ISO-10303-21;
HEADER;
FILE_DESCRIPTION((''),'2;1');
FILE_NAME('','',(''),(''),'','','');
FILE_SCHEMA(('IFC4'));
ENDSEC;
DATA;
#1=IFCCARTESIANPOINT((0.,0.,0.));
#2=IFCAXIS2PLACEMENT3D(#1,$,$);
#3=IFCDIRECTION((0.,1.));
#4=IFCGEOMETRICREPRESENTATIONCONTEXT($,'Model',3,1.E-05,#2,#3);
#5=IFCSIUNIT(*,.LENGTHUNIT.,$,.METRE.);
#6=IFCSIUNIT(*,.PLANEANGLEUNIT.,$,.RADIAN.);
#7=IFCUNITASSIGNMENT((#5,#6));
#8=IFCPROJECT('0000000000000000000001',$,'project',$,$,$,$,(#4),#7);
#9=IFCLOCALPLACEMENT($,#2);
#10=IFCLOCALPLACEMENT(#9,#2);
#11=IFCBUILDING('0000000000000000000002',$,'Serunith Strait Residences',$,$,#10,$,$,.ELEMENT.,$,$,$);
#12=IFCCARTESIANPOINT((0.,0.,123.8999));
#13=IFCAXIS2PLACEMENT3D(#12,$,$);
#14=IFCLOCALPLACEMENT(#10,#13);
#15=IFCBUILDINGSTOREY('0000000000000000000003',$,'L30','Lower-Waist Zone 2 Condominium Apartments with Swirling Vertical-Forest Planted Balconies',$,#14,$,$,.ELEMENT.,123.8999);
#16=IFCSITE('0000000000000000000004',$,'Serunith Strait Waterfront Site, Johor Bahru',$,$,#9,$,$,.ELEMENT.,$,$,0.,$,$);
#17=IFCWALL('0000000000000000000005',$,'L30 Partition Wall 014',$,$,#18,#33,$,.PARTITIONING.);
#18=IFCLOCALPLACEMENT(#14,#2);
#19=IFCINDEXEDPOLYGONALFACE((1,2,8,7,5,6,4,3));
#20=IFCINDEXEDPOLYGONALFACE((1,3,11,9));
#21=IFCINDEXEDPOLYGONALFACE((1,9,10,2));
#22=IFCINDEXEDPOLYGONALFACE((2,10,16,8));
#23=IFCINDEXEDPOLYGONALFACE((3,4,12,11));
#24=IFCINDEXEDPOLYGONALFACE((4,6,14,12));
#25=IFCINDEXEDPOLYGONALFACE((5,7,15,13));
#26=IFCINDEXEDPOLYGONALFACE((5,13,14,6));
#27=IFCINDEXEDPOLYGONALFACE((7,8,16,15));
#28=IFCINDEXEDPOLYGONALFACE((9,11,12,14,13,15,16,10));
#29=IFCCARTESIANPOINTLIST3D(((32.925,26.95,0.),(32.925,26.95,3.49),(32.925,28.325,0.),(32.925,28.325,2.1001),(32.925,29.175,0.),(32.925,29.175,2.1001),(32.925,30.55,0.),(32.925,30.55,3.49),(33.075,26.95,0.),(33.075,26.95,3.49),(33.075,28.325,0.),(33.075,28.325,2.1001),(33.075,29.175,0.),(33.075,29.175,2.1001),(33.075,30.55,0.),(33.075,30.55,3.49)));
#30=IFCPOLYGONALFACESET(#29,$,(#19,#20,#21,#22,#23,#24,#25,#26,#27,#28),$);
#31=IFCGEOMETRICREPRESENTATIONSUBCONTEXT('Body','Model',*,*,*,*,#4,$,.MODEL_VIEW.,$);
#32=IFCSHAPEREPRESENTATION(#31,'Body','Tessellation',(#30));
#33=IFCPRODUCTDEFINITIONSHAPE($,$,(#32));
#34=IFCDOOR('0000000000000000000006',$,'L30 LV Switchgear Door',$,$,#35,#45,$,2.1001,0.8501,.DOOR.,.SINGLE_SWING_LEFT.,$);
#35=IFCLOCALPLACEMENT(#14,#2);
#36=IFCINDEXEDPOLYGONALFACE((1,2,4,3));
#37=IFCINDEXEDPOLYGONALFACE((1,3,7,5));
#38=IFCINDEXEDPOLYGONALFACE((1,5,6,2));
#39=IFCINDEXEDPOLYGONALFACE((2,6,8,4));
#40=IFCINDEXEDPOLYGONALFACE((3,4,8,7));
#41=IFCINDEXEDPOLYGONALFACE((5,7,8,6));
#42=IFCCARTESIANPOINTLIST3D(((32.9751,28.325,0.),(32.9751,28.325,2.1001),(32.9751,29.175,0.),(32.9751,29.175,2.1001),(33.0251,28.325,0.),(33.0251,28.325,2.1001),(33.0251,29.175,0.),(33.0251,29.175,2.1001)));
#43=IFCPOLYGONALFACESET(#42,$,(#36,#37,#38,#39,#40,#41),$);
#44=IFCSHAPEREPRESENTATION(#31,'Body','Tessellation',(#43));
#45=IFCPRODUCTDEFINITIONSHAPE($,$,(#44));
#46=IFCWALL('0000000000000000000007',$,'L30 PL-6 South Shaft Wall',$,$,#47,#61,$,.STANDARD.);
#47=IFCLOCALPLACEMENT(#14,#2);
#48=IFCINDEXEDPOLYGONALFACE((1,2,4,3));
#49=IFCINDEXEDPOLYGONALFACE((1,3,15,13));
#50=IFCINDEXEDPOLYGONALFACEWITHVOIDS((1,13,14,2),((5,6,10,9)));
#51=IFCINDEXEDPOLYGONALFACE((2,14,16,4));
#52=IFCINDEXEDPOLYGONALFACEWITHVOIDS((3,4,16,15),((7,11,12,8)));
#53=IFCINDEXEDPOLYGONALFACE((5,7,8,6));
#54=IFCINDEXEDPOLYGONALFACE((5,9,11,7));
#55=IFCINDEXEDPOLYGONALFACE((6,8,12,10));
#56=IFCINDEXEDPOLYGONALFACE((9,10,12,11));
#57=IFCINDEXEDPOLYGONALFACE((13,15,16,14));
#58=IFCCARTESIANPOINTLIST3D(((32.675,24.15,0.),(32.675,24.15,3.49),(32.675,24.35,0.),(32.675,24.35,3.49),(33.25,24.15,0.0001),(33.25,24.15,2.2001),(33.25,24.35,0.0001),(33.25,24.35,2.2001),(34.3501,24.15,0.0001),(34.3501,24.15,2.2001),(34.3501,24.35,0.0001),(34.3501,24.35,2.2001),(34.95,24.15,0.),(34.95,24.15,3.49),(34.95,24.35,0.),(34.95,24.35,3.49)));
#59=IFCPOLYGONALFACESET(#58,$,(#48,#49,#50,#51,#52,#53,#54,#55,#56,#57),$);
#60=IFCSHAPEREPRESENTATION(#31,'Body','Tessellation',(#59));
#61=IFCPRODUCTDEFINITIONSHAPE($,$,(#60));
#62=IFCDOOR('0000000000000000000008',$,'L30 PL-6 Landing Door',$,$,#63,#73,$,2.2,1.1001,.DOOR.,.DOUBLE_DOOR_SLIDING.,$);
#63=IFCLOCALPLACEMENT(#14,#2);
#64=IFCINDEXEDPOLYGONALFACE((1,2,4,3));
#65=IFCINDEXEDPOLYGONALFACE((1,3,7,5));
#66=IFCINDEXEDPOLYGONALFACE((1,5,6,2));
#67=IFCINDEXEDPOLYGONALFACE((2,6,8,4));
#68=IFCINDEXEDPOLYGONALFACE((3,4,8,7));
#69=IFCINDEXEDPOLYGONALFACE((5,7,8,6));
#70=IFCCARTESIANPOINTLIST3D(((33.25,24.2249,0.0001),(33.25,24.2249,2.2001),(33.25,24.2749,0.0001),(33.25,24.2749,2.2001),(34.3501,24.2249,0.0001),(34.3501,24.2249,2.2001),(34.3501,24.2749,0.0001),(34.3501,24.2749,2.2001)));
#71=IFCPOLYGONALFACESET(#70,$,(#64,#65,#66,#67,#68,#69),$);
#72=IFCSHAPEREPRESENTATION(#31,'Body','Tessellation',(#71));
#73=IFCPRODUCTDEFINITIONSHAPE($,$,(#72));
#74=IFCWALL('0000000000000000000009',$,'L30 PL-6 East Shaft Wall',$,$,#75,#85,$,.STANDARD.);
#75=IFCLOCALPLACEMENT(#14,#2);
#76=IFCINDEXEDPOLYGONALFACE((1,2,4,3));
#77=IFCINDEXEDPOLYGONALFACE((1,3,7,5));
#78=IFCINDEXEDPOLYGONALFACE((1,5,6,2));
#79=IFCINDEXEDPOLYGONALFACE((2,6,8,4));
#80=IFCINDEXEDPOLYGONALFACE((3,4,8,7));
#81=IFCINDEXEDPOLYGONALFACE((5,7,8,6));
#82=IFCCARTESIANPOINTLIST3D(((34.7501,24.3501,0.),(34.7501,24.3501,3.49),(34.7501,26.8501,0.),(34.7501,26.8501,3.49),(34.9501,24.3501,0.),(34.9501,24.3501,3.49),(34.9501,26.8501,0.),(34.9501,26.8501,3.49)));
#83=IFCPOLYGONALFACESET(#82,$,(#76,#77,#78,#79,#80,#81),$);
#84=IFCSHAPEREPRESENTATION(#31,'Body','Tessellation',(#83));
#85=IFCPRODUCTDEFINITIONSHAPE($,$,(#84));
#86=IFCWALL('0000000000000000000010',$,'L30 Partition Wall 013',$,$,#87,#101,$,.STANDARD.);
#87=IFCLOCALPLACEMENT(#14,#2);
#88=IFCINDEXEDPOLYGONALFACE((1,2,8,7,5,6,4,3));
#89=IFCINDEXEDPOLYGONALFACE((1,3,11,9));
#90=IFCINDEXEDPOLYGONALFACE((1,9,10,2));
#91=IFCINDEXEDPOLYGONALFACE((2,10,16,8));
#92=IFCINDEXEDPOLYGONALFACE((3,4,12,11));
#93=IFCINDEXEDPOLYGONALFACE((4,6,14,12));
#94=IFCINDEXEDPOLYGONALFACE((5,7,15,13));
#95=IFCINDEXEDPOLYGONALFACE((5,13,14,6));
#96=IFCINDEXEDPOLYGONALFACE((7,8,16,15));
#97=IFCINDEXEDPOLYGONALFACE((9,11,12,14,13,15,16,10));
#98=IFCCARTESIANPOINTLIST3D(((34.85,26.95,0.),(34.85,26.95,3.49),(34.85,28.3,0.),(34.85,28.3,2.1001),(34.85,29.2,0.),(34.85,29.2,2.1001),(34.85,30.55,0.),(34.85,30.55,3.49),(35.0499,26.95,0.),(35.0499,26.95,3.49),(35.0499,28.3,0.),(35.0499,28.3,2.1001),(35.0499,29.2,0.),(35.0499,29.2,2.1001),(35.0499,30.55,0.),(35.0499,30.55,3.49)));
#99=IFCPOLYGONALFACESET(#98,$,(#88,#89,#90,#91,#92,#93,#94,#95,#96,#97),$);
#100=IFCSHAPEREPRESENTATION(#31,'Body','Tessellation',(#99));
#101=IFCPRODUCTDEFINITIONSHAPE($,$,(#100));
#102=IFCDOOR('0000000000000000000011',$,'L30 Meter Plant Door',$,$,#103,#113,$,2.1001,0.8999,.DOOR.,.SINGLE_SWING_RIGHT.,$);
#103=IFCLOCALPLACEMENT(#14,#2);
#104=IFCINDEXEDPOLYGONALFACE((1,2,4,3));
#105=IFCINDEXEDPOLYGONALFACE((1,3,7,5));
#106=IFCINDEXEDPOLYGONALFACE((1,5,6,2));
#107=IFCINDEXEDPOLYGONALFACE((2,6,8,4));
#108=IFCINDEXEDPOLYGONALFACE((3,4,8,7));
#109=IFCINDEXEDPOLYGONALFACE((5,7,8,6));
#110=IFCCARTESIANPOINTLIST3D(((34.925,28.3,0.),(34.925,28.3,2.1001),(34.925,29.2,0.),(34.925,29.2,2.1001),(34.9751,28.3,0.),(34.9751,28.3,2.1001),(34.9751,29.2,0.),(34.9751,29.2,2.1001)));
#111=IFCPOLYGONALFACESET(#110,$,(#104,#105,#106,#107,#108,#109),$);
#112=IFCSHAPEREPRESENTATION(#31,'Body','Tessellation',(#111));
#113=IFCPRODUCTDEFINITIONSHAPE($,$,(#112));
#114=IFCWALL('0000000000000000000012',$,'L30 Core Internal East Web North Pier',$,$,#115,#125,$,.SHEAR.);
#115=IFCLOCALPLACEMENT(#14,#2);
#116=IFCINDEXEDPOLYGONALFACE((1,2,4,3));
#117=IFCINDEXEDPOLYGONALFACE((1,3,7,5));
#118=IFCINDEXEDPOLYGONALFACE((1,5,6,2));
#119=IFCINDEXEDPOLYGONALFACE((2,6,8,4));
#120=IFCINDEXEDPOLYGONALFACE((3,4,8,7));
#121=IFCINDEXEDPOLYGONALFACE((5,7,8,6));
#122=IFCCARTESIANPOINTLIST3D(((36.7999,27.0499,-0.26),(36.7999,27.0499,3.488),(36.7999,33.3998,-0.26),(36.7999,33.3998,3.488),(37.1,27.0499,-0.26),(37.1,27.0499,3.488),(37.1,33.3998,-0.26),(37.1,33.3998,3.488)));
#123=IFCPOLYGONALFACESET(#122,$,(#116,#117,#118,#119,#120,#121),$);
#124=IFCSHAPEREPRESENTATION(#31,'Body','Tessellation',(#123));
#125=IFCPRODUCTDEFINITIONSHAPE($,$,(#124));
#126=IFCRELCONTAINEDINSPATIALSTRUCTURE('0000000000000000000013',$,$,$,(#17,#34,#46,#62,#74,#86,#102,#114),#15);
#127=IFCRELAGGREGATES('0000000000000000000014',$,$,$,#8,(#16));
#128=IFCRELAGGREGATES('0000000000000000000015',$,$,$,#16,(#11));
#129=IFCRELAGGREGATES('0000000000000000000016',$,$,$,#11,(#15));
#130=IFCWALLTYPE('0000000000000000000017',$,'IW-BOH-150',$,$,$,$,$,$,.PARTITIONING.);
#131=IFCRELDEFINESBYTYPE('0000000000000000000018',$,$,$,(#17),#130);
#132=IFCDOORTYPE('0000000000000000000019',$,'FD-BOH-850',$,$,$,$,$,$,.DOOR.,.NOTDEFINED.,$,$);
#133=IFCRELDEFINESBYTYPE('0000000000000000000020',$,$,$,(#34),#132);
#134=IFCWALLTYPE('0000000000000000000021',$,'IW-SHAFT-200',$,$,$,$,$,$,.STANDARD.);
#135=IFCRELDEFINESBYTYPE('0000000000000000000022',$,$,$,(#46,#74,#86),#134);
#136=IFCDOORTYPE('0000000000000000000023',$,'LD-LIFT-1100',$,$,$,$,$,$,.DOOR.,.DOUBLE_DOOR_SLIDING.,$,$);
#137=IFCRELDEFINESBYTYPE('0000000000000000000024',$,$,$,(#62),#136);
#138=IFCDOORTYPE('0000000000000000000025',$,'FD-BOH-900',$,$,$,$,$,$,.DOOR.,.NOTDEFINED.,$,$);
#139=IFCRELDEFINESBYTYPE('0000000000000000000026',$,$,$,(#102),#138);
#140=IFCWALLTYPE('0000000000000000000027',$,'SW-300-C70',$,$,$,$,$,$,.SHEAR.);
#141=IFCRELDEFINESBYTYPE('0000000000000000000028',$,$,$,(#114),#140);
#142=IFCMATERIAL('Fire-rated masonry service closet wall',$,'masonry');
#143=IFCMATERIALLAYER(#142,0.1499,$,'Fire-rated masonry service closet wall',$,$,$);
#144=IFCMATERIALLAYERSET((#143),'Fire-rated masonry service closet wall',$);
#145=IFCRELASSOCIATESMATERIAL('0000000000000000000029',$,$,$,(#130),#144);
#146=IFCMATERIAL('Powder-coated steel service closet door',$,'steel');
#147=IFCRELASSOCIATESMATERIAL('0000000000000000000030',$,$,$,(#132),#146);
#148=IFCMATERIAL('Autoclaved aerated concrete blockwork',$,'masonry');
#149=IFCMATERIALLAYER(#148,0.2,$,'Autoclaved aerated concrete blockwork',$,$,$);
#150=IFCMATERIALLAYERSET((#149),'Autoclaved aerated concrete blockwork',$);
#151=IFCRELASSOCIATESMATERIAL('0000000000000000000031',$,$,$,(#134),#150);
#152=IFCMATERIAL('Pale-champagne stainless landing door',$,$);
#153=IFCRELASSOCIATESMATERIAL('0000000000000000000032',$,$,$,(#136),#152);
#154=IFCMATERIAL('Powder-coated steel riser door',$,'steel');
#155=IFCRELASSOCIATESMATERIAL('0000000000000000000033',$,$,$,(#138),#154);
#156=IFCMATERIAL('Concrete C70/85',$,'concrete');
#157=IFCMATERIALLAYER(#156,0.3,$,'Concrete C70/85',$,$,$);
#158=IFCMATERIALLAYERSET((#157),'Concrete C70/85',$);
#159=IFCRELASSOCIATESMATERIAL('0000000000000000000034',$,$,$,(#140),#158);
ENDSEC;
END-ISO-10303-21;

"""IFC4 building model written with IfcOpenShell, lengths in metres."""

from ifc_helpers import new_model, si_unit, direction, frame, frame_2d, origin, place, context, subcontext, project, spatial, rectangle, extrude, source, transform, mapped, material, layer, layer_set, type_object, element, fill, save


model = new_model("IFC4")

# Units and contexts
model_context = context("Model", 3, precision=1e-05, world=origin(), true_north=direction((0.0, 1.0)))
body_context = subcontext(model_context, "Body", "Model", "MODEL_VIEW")
ifc_project = project(units=[si_unit("LENGTHUNIT", "METRE"), si_unit("PLANEANGLEUNIT", "RADIAN")], contexts=[model_context])

# Site, building, storey
site_placement = place(None, origin())
site = spatial("IfcSite", under=ifc_project, at=site_placement, Name="Serunith Strait Waterfront Site, Johor Bahru", CompositionType="ELEMENT", RefElevation=0.0)
building_placement = place(site_placement, origin())
building = spatial("IfcBuilding", under=site, at=building_placement, Name="Serunith Strait Residences", CompositionType="ELEMENT")
storey_placement = place(building_placement, frame((0.0, 0.0, 123.8999)))
storey = spatial("IfcBuildingStorey", under=building, at=storey_placement, Name="L30", Description="Lower-Waist Zone 2 Condominium Apartments with Swirling Vertical-Forest Planted Balconies", CompositionType="ELEMENT", Elevation=123.8999)

# Walls, openings, doors
ifc_material_1 = material(Name="Fire-rated masonry service closet wall", Category="masonry")
ifc_layer_1 = layer(ifc_material_1, 0.1499, Name="Fire-rated masonry service closet wall")
ifc_layer_set_1 = layer_set([ifc_layer_1], Name="Fire-rated masonry service closet wall")
wall_type_1 = type_object("IfcWallType", Name="IW-BOH-150", PredefinedType="PARTITIONING", material=ifc_layer_set_1)
wall_1_placement = place(storey_placement, frame((33.0, 26.95, 0.0), z_axis=(0.0, 0.0, 1.0), x_axis=(0.0, 1.0, 0.0)))
wall_1 = element("IfcWall", 1, at=wall_1_placement, inside=storey, type_object=wall_type_1, Name="L30 Partition Wall 014", PredefinedType="PARTITIONING", context=body_context, shape_type="SweptSolid", body=[
    extrude(rectangle(XDim=3.6001, YDim=0.1499, at=frame_2d((1.8, 0.0))), origin(), (0.0, 0.0, 1.0), 3.49),
])
opening_1_placement = place(wall_1_placement, frame((1.375, 0.0, 0.0)))
opening_1 = element("IfcOpeningElement", 2, at=opening_1_placement, cuts=wall_1, PredefinedType="OPENING", context=body_context, shape_type="SweptSolid", body=[
    extrude(rectangle(XDim=0.8501, YDim=2.1001, at=frame_2d((0.425, 1.05))), frame((0.0, 0.085, 0.0), z_axis=(0.0, -1.0, 0.0), x_axis=(1.0, 0.0, 0.0)), (0.0, 0.0, 1.0), 0.1699),
])
ifc_material_2 = material(Name="Powder-coated steel service closet door", Category="steel")
door_type_1 = type_object("IfcDoorType", Name="FD-BOH-850", OperationType="NOTDEFINED", PredefinedType="DOOR", material=ifc_material_2)
shared_shape_1 = source(origin(), body_context, "Body", "SweptSolid", [
    extrude(rectangle(XDim=0.8501, YDim=2.1001, at=frame_2d((0.425, 1.05))), frame((0.0, 0.0249, 0.0), z_axis=(0.0, -1.0, 0.0), x_axis=(1.0, 0.0, 0.0)), (0.0, 0.0, 1.0), 0.05),
])
door_1_placement = place(opening_1_placement, origin())
door_1 = element("IfcDoor", 3, at=door_1_placement, inside=storey, type_object=door_type_1, Name="L30 LV Switchgear Door", OperationType="SINGLE_SWING_LEFT", OverallHeight=2.1001, OverallWidth=0.8501, PredefinedType="DOOR", context=body_context, shape_type="MappedRepresentation", body=[
    mapped(shared_shape_1, transform((0.0, 0.0, 0.0), scale=1.0)),
])
fill(opening_1, door_1)
ifc_material_3 = material(Name="Autoclaved aerated concrete blockwork", Category="masonry")
ifc_layer_2 = layer(ifc_material_3, 0.2, Name="Autoclaved aerated concrete blockwork")
ifc_layer_set_2 = layer_set([ifc_layer_2], Name="Autoclaved aerated concrete blockwork")
wall_type_2 = type_object("IfcWallType", Name="IW-SHAFT-200", PredefinedType="STANDARD", material=ifc_layer_set_2)
wall_2_placement = place(storey_placement, frame((32.675, 24.25, 0.0), z_axis=(0.0, 0.0, 1.0), x_axis=(1.0, 0.0, 0.0)))
wall_2 = element("IfcWall", 4, at=wall_2_placement, inside=storey, type_object=wall_type_2, Name="L30 PL-6 South Shaft Wall", PredefinedType="STANDARD", context=body_context, shape_type="SweptSolid", body=[
    extrude(rectangle(XDim=2.2749, YDim=0.2, at=frame_2d((1.1375, 0.0))), origin(), (0.0, 0.0, 1.0), 3.49),
])
opening_2_placement = place(wall_2_placement, frame((0.575, 0.0, 0.0)))
opening_2 = element("IfcOpeningElement", 5, at=opening_2_placement, cuts=wall_2, PredefinedType="OPENING", context=body_context, shape_type="SweptSolid", body=[
    extrude(rectangle(XDim=1.1001, YDim=2.2, at=frame_2d((0.55, 1.1001))), frame((0.0, 0.1099, 0.0), z_axis=(0.0, -1.0, 0.0), x_axis=(1.0, 0.0, 0.0)), (0.0, 0.0, 1.0), 0.22),
])
ifc_material_4 = material(Name="Pale-champagne stainless landing door")
door_type_2 = type_object("IfcDoorType", Name="LD-LIFT-1100", OperationType="DOUBLE_DOOR_SLIDING", PredefinedType="DOOR", material=ifc_material_4)
shared_shape_2 = source(origin(), body_context, "Body", "SweptSolid", [
    extrude(rectangle(XDim=1.1001, YDim=2.2, at=frame_2d((0.55, 1.1001))), frame((0.0, 0.0249, 0.0), z_axis=(0.0, -1.0, 0.0), x_axis=(1.0, 0.0, 0.0)), (0.0, 0.0, 1.0), 0.05),
])
door_2_placement = place(opening_2_placement, origin())
door_2 = element("IfcDoor", 6, at=door_2_placement, inside=storey, type_object=door_type_2, Name="L30 PL-6 Landing Door", OperationType="DOUBLE_DOOR_SLIDING", OverallHeight=2.2, OverallWidth=1.1001, PredefinedType="DOOR", context=body_context, shape_type="MappedRepresentation", body=[
    mapped(shared_shape_2, transform((0.0, 0.0, 0.0), scale=1.0)),
])
fill(opening_2, door_2)

# Wall
wall_3_placement = place(storey_placement, frame((34.8501, 24.3501, 0.0), z_axis=(0.0, 0.0, 1.0), x_axis=(0.0, 1.0, 0.0)))
element("IfcWall", 7, at=wall_3_placement, inside=storey, type_object=wall_type_2, Name="L30 PL-6 East Shaft Wall", PredefinedType="STANDARD", context=body_context, shape_type="SweptSolid", body=[
    extrude(rectangle(XDim=2.5, YDim=0.2, at=frame_2d((1.25, 0.0))), origin(), (0.0, 0.0, 1.0), 3.49),
])

# Wall, opening, door
wall_4_placement = place(storey_placement, frame((34.95, 26.95, 0.0), z_axis=(0.0, 0.0, 1.0), x_axis=(0.0, 1.0, 0.0)))
wall_4 = element("IfcWall", 8, at=wall_4_placement, inside=storey, type_object=wall_type_2, Name="L30 Partition Wall 013", PredefinedType="STANDARD", context=body_context, shape_type="SweptSolid", body=[
    extrude(rectangle(XDim=3.6001, YDim=0.2, at=frame_2d((1.8, 0.0))), origin(), (0.0, 0.0, 1.0), 3.49),
])
opening_3_placement = place(wall_4_placement, frame((1.3501, 0.0, 0.0)))
opening_3 = element("IfcOpeningElement", 9, at=opening_3_placement, cuts=wall_4, PredefinedType="OPENING", context=body_context, shape_type="SweptSolid", body=[
    extrude(rectangle(XDim=0.8999, YDim=2.1001, at=frame_2d((0.45, 1.05))), frame((0.0, 0.1099, 0.0), z_axis=(0.0, -1.0, 0.0), x_axis=(1.0, 0.0, 0.0)), (0.0, 0.0, 1.0), 0.22),
])
ifc_material_5 = material(Name="Powder-coated steel riser door", Category="steel")
door_type_3 = type_object("IfcDoorType", Name="FD-BOH-900", OperationType="NOTDEFINED", PredefinedType="DOOR", material=ifc_material_5)
shared_shape_3 = source(origin(), body_context, "Body", "SweptSolid", [
    extrude(rectangle(XDim=0.8999, YDim=2.1001, at=frame_2d((0.45, 1.05))), frame((0.0, 0.0249, 0.0), z_axis=(0.0, -1.0, 0.0), x_axis=(1.0, 0.0, 0.0)), (0.0, 0.0, 1.0), 0.05),
])
door_3_placement = place(opening_3_placement, origin())
door_3 = element("IfcDoor", 10, at=door_3_placement, inside=storey, type_object=door_type_3, Name="L30 Meter Plant Door", OperationType="SINGLE_SWING_RIGHT", OverallHeight=2.1001, OverallWidth=0.8999, PredefinedType="DOOR", context=body_context, shape_type="MappedRepresentation", body=[
    mapped(shared_shape_3, transform((0.0, 0.0, 0.0), scale=1.0)),
])
fill(opening_3, door_3)

# Wall
ifc_material_6 = material(Name="Concrete C70/85", Category="concrete")
ifc_layer_3 = layer(ifc_material_6, 0.3, Name="Concrete C70/85")
ifc_layer_set_3 = layer_set([ifc_layer_3], Name="Concrete C70/85")
wall_type_3 = type_object("IfcWallType", Name="SW-300-C70", PredefinedType="SHEAR", material=ifc_layer_set_3)
wall_5_placement = place(storey_placement, frame((36.95, 27.05, -0.26), z_axis=(0.0, 0.0, 1.0), x_axis=(0.0, 1.0, 0.0)))
element("IfcWall", 11, at=wall_5_placement, inside=storey, type_object=wall_type_3, Name="L30 Core Internal East Web North Pier", PredefinedType="SHEAR", context=body_context, shape_type="SweptSolid", body=[
    extrude(rectangle(XDim=6.3499, YDim=0.3, at=frame_2d((3.1748, 0.0))), origin(), (0.0, 0.0, 1.0), 3.748),
])

save(model, "model.ifc")
